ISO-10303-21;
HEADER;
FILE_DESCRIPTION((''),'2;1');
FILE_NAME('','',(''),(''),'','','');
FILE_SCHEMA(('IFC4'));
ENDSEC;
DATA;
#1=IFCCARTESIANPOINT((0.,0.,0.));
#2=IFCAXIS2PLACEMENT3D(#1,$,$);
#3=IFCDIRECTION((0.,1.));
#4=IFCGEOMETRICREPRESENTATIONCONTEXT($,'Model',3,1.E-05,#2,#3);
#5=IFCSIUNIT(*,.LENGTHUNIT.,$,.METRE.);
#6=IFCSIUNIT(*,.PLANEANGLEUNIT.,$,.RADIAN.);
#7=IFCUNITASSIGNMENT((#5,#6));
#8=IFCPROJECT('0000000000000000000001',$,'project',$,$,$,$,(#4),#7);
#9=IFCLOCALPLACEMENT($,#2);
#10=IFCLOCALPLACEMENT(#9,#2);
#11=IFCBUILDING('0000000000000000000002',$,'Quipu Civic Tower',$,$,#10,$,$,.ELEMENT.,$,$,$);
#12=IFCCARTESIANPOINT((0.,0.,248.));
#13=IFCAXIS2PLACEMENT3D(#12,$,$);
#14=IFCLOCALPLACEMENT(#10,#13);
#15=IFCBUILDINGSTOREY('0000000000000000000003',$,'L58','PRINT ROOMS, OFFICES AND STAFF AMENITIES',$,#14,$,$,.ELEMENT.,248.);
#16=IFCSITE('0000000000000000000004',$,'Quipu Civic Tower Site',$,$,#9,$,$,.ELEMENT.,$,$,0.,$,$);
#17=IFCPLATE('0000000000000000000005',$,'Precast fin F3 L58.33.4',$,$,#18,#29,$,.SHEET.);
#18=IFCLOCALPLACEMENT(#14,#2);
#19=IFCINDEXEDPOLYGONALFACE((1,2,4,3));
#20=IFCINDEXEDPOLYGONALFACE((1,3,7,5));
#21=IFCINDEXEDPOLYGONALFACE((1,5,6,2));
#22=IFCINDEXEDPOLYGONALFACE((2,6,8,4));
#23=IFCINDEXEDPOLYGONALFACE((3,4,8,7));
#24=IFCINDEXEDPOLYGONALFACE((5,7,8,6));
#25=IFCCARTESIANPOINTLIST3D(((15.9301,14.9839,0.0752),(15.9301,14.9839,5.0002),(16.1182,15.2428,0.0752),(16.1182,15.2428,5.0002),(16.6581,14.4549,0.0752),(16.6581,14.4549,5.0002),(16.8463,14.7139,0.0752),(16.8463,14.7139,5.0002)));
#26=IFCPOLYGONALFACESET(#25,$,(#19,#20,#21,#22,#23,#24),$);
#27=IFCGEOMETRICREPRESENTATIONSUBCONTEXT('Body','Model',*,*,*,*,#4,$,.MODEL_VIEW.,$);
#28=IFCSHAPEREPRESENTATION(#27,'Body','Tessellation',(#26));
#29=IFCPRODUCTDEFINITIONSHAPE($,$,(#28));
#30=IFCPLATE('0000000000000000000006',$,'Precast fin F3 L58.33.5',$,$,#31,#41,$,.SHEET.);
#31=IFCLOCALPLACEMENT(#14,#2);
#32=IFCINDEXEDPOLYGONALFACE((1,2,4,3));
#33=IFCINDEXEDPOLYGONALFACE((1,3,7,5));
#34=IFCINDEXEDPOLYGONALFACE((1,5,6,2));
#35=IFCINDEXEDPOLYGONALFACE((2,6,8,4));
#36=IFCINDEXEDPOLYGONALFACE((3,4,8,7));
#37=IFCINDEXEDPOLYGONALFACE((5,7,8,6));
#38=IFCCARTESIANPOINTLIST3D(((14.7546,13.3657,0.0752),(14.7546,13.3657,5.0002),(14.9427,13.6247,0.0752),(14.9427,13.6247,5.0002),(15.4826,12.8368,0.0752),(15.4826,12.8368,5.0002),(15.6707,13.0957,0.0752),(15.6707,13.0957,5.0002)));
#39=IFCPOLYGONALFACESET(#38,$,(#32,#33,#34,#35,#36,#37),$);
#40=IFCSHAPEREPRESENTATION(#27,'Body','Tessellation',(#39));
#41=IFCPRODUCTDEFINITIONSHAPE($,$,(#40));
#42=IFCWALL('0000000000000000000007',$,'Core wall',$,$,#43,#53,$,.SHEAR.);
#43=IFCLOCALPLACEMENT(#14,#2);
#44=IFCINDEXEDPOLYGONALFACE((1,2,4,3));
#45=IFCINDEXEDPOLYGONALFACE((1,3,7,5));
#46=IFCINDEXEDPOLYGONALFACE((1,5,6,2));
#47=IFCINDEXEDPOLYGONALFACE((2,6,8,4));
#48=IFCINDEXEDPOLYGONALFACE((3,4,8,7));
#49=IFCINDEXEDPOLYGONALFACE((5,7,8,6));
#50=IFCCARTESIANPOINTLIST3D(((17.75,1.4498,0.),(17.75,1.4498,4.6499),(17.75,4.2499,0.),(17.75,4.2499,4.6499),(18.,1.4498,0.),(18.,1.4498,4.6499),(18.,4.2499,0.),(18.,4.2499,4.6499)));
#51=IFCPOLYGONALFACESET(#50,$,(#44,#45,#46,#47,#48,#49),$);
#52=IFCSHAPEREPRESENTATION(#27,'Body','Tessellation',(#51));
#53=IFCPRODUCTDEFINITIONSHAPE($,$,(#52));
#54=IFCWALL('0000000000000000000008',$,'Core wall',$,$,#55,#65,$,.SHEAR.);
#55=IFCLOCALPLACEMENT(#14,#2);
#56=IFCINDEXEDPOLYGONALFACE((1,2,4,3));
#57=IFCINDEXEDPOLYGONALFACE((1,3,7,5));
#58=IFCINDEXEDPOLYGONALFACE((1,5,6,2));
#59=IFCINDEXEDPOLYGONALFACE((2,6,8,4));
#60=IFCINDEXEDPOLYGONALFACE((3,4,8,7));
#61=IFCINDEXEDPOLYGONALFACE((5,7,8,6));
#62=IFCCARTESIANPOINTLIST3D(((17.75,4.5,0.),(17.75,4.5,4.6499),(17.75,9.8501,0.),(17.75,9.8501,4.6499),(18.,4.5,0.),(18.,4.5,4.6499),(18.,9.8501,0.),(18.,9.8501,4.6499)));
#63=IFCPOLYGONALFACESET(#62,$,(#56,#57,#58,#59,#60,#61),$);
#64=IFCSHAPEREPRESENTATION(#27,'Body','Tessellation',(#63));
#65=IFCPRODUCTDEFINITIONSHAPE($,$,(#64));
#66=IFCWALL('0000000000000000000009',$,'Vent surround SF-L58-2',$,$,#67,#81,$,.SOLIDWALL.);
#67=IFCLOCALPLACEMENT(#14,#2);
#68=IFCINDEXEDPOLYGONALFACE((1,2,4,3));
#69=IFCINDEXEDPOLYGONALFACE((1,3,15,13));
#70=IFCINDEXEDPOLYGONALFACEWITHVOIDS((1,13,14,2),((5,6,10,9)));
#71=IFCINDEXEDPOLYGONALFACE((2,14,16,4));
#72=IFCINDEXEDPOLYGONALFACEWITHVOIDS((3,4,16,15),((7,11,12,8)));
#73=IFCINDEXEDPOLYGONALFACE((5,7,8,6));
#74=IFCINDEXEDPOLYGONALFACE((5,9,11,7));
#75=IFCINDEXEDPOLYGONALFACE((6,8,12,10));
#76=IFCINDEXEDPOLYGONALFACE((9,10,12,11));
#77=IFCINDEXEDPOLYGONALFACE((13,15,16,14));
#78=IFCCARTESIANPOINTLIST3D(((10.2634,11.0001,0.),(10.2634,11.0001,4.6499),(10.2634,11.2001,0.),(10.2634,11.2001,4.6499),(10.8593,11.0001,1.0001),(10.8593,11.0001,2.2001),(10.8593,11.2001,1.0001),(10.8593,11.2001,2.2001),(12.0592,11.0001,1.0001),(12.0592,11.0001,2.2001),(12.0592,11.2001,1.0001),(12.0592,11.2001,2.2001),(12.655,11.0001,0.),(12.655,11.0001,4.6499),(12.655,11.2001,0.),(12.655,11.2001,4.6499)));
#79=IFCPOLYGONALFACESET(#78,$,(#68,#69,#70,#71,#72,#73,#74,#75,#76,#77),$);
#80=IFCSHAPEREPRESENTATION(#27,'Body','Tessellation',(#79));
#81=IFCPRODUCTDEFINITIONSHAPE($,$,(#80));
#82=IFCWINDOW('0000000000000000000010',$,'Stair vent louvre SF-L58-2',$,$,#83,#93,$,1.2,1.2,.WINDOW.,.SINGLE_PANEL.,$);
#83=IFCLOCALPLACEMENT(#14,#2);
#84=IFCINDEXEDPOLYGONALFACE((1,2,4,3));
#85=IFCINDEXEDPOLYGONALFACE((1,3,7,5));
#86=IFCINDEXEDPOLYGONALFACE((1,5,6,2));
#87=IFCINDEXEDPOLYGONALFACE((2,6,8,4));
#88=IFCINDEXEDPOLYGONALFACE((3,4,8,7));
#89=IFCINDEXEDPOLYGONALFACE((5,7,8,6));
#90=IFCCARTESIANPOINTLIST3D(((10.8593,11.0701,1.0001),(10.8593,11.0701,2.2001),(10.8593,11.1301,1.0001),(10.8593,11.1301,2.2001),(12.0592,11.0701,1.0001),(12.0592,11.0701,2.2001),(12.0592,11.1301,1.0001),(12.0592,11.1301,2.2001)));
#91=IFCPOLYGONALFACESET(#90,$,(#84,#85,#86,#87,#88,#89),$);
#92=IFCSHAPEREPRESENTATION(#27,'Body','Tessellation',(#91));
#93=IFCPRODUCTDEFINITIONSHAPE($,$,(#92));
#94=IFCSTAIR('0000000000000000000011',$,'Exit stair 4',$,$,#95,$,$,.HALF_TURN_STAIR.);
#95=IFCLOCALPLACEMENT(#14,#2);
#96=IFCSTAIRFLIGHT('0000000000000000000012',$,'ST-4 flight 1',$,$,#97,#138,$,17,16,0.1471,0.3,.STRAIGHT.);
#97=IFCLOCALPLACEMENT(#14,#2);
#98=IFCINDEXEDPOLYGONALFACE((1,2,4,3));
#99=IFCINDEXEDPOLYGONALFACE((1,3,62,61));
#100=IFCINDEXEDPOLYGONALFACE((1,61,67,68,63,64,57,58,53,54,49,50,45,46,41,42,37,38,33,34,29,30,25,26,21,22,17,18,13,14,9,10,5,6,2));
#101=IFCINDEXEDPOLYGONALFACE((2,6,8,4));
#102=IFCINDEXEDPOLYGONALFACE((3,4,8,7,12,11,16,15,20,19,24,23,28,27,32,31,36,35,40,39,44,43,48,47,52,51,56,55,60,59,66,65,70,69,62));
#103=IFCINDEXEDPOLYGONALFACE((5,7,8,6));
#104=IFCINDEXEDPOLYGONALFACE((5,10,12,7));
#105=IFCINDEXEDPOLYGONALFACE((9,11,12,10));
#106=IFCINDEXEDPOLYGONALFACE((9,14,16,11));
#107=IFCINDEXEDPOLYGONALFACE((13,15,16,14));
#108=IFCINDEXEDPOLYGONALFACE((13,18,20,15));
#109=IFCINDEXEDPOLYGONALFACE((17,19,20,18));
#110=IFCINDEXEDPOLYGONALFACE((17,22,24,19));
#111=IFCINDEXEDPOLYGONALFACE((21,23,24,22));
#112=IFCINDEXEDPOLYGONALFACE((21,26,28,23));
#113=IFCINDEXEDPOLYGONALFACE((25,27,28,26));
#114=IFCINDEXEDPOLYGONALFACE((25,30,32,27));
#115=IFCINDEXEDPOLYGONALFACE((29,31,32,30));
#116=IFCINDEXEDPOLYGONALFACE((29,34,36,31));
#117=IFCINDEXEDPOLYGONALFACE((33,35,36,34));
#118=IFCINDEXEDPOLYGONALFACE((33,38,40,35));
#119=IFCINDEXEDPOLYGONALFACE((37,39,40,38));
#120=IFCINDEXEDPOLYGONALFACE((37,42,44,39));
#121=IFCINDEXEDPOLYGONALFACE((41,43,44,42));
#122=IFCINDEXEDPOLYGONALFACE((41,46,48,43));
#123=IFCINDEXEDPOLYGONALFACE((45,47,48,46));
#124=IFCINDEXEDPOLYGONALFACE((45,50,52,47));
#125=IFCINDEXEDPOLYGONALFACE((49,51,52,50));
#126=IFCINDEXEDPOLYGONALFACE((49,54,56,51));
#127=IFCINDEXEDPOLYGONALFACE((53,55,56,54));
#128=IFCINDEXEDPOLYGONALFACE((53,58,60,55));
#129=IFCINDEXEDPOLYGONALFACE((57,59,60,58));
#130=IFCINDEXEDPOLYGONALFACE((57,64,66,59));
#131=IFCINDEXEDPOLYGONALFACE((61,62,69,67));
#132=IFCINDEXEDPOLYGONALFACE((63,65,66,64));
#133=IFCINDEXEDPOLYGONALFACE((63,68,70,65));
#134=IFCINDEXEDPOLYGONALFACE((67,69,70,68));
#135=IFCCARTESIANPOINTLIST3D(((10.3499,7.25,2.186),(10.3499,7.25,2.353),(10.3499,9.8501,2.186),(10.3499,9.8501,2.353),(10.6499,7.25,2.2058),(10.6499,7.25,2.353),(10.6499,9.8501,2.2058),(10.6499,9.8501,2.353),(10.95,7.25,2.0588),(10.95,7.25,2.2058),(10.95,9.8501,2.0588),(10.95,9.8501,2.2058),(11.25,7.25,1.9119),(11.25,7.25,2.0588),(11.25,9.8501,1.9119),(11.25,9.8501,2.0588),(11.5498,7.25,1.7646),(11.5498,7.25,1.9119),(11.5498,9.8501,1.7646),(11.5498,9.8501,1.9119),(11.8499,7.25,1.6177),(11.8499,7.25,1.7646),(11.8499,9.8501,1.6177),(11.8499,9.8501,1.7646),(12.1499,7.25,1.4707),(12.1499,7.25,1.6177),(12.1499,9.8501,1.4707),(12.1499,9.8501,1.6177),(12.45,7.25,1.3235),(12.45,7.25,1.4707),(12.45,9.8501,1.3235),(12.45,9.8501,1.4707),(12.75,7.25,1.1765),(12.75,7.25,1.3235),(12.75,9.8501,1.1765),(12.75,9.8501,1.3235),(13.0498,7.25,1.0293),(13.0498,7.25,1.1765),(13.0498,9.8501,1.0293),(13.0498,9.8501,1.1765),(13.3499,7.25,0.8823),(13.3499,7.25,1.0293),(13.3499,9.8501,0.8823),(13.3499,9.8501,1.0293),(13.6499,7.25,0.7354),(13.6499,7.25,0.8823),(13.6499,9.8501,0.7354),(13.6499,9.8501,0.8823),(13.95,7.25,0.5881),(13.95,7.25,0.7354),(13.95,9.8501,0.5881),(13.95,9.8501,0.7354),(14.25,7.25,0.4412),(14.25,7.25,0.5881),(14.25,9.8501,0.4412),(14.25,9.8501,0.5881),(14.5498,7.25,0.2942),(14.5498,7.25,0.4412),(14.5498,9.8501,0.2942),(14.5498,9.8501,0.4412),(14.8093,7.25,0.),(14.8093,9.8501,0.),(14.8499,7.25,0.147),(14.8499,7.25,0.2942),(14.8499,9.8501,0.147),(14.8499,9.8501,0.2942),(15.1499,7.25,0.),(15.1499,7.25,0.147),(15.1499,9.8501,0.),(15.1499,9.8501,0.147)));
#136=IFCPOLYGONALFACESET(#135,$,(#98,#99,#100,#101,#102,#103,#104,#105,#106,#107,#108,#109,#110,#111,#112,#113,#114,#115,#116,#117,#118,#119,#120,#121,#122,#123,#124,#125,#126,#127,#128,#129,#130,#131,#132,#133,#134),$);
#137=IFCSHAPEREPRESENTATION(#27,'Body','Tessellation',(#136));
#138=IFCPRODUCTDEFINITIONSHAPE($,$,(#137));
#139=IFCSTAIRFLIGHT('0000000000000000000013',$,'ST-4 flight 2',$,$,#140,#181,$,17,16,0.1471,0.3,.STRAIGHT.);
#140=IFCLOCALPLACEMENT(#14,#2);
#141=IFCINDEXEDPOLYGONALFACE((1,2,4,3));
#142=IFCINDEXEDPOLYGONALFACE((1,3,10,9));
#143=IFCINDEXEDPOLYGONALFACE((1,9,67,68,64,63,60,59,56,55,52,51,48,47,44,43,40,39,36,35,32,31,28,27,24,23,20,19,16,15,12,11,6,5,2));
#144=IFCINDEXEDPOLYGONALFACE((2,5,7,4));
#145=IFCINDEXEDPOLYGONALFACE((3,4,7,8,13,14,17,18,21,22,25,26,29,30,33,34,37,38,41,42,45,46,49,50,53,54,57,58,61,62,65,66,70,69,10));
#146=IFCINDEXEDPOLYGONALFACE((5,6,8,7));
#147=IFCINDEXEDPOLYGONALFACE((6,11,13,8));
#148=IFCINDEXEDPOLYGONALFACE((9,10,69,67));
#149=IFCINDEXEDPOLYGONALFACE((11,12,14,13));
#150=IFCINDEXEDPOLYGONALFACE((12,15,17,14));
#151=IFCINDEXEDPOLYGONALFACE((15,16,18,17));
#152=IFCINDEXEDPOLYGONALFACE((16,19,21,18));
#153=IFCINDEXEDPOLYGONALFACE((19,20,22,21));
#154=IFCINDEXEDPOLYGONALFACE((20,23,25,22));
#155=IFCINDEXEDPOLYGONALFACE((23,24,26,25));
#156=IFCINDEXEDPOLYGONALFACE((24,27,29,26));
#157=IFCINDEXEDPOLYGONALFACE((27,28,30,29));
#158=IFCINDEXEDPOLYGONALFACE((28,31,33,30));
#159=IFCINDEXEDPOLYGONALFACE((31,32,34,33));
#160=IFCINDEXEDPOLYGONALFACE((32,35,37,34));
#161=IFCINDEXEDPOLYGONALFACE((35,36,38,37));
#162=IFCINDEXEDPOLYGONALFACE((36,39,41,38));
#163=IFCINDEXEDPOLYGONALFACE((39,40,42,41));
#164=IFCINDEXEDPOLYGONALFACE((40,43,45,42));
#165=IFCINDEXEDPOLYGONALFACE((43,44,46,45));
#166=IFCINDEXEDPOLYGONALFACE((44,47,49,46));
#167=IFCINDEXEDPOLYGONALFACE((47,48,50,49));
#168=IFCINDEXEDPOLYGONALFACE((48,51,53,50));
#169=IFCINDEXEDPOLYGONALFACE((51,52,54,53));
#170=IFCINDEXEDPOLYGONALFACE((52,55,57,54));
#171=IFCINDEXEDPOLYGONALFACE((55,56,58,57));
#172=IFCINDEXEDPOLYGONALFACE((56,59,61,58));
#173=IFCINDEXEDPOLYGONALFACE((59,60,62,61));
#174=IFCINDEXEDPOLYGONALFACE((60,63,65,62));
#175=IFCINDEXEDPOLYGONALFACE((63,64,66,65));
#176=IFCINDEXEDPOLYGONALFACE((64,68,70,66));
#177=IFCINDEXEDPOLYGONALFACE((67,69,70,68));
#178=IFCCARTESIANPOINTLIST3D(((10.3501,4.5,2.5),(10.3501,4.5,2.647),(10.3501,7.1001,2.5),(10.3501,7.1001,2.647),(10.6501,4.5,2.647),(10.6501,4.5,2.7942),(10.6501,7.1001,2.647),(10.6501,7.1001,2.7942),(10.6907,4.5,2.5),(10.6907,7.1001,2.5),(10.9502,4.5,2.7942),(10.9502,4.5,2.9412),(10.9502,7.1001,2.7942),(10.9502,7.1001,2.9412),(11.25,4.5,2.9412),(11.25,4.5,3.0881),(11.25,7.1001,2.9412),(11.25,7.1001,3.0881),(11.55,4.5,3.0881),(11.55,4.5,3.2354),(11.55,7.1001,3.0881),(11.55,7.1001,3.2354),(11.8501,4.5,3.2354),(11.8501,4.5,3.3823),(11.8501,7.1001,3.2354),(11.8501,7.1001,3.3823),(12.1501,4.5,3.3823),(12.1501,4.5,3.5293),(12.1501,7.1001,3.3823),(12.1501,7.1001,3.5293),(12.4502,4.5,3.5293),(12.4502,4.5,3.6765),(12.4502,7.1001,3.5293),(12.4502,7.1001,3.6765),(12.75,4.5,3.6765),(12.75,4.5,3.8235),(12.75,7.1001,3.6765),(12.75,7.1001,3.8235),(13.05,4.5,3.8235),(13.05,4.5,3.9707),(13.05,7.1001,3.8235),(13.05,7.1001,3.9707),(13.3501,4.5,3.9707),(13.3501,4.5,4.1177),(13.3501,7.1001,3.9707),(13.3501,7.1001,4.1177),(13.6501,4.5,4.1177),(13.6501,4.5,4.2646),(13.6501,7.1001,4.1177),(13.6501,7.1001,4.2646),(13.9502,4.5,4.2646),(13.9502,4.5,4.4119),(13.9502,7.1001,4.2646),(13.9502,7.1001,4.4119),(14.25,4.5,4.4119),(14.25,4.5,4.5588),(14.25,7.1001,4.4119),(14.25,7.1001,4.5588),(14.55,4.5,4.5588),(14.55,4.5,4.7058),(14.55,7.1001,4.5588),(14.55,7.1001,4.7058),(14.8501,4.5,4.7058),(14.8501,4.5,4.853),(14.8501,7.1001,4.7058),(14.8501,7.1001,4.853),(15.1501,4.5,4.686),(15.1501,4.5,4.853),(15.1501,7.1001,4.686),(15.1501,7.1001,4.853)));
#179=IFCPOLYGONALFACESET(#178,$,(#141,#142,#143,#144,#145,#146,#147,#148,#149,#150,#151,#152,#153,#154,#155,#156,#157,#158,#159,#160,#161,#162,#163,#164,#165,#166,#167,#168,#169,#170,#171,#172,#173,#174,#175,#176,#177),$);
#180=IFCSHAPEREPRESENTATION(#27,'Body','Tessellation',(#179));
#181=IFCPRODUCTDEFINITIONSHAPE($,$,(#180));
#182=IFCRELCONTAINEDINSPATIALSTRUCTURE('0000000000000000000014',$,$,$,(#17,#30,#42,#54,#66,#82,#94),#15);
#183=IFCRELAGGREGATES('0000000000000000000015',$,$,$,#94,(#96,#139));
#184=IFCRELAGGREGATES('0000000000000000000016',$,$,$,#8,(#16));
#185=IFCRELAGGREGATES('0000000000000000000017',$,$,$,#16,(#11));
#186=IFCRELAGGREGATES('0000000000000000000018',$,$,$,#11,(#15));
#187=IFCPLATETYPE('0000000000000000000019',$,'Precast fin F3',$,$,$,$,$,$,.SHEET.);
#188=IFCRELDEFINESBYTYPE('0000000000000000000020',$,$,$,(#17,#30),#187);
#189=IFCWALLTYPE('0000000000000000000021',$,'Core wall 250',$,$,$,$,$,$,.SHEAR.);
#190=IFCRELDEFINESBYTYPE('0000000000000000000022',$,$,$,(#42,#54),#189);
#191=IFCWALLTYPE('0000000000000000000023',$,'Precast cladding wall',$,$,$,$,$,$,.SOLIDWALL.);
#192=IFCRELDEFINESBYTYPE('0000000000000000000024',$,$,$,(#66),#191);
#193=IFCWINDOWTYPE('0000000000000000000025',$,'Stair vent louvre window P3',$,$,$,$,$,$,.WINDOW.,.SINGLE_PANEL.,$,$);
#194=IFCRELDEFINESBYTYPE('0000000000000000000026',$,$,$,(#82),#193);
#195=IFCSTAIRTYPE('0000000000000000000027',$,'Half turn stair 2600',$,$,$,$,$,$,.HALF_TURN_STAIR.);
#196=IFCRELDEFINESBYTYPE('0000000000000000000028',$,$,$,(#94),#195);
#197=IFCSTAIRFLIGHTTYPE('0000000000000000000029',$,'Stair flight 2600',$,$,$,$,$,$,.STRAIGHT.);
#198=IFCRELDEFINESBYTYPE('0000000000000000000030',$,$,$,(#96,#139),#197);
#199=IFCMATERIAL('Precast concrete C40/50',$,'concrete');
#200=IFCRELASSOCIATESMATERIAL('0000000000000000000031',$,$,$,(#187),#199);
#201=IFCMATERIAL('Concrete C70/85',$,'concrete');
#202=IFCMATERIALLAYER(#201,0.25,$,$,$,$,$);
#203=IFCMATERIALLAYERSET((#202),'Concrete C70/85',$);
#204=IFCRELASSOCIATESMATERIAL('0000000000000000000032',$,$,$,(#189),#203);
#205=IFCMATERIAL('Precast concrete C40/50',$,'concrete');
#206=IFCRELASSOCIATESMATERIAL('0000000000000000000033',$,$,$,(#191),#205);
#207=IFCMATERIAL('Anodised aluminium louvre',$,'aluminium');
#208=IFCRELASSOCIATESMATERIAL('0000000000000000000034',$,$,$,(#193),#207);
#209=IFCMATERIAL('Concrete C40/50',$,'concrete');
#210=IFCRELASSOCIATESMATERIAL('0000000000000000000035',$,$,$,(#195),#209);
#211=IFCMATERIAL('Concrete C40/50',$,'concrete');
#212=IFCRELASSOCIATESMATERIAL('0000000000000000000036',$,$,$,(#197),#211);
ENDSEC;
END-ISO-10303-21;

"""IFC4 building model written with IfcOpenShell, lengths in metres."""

from ifc_helpers import new_model, si_unit, direction, frame, frame_2d, origin, origin_2d, place, context, subcontext, project, spatial, polyline, rectangle, outline, extrude, material, layer, layer_set, type_object, element, fill, aggregate, save


model = new_model("IFC4")

# Units and contexts
model_context = context("Model", 3, precision=1e-05, world=origin(), true_north=direction((0.0, 1.0)))
body_context = subcontext(model_context, "Body", "Model", "MODEL_VIEW")
ifc_project = project(units=[si_unit("LENGTHUNIT", "METRE"), si_unit("PLANEANGLEUNIT", "RADIAN")], contexts=[model_context])

# Site, building, storey
site_placement = place(None, origin())
site = spatial("IfcSite", under=ifc_project, at=site_placement, Name="Quipu Civic Tower Site", CompositionType="ELEMENT", RefElevation=0.0)
building_placement = place(site_placement, origin())
building = spatial("IfcBuilding", under=site, at=building_placement, Name="Quipu Civic Tower", CompositionType="ELEMENT")
storey_placement = place(building_placement, frame((0.0, 0.0, 248.0)))
storey = spatial("IfcBuildingStorey", under=building, at=storey_placement, Name="L58", Description="PRINT ROOMS, OFFICES AND STAFF AMENITIES", CompositionType="ELEMENT", Elevation=248.0)

# Plates
ifc_material_1 = material(Name="Precast concrete C40/50", Category="concrete")
plate_type_1 = type_object("IfcPlateType", Name="Precast fin F3", PredefinedType="SHEET", material=ifc_material_1)
for number, where, z_axis, x_axis, name in (
    (1, (16.3882, 14.8489, 0.0752), (0.0, 0.0, 1.0), (-0.587784, -0.809018, 0.0), "Precast fin F3 L58.33.4"),
    (2, (15.2126, 13.2307, 0.0752), (0.0, 0.0, 1.0), (-0.587784, -0.809018, 0.0), "Precast fin F3 L58.33.5"),
):
    element("IfcPlate", number, at=place(storey_placement, frame(where, z_axis=z_axis, x_axis=x_axis)), inside=storey, type_object=plate_type_1, Name=name, PredefinedType="SHEET", context=body_context, shape_type="SweptSolid", body=[
        extrude(rectangle(XDim=0.3201, YDim=0.8999, at=origin_2d()), origin(), (0.0, 0.0, 1.0), 4.925),
    ])

# Walls
ifc_material_2 = material(Name="Concrete C70/85", Category="concrete")
ifc_layer_1 = layer(ifc_material_2, 0.25)
ifc_layer_set_1 = layer_set([ifc_layer_1], Name="Concrete C70/85")
wall_type_1 = type_object("IfcWallType", Name="Core wall 250", PredefinedType="SHEAR", material=ifc_layer_set_1)
wall_1_placement = place(storey_placement, frame((17.875, 1.45, 0.0), z_axis=(0.0, 0.0, 1.0), x_axis=(0.0, 1.0, 0.0)))
element("IfcWall", 3, at=wall_1_placement, inside=storey, type_object=wall_type_1, Name="Core wall", PredefinedType="SHEAR", context=body_context, shape_type="SweptSolid", body=[
    extrude(rectangle(XDim=2.8, YDim=0.25, at=frame_2d((1.3999, 0.0))), origin(), (0.0, 0.0, 1.0), 4.6499),
])
wall_2_placement = place(storey_placement, frame((17.875, 4.5, 0.0), z_axis=(0.0, 0.0, 1.0), x_axis=(0.0, 1.0, 0.0)))
element("IfcWall", 4, at=wall_2_placement, inside=storey, type_object=wall_type_1, Name="Core wall", PredefinedType="SHEAR", context=body_context, shape_type="SweptSolid", body=[
    extrude(rectangle(XDim=5.3501, YDim=0.25, at=frame_2d((2.675, 0.0))), origin(), (0.0, 0.0, 1.0), 4.6499),
])

# Wall, opening, window
ifc_material_3 = material(Name="Precast concrete C40/50", Category="concrete")
wall_type_2 = type_object("IfcWallType", Name="Precast cladding wall", PredefinedType="SOLIDWALL", material=ifc_material_3)
wall_3_placement = place(storey_placement, frame((12.655, 11.1001, 0.0), z_axis=(0.0, 0.0, 1.0), x_axis=(-1.0, 0.0, 0.0)))
wall_3 = element("IfcWall", 5, at=wall_3_placement, inside=storey, type_object=wall_type_2, Name="Vent surround SF-L58-2", PredefinedType="SOLIDWALL", context=body_context, shape_type="SweptSolid", body=[
    extrude(rectangle(XDim=2.3916, YDim=0.2, at=frame_2d((1.1958, 0.0))), origin(), (0.0, 0.0, 1.0), 4.6499),
])
opening_placement = place(wall_3_placement, frame((0.5957, 0.0, 1.0)))
opening = element("IfcOpeningElement", 6, at=opening_placement, cuts=wall_3, PredefinedType="OPENING", context=body_context, shape_type="SweptSolid", body=[
    extrude(rectangle(XDim=1.2, YDim=1.2, at=frame_2d((0.6001, 0.6001))), frame((0.0, 0.1099, 0.0), z_axis=(0.0, -1.0, 0.0), x_axis=(1.0, 0.0, 0.0)), (0.0, 0.0, 1.0), 0.22),
])
ifc_material_4 = material(Name="Anodised aluminium louvre", Category="aluminium")
window_type = type_object("IfcWindowType", Name="Stair vent louvre window P3", PartitioningType="SINGLE_PANEL", PredefinedType="WINDOW", material=ifc_material_4)
window_placement = place(opening_placement, origin())
window = element("IfcWindow", 7, at=window_placement, inside=storey, type_object=window_type, Name="Stair vent louvre SF-L58-2", OverallHeight=1.2, OverallWidth=1.2, PartitioningType="SINGLE_PANEL", PredefinedType="WINDOW", context=body_context, shape_type="SweptSolid", body=[
    extrude(rectangle(XDim=1.2, YDim=1.2, at=frame_2d((0.6001, 0.6001))), frame((0.0, 0.03, 0.0), z_axis=(0.0, -1.0, 0.0), x_axis=(1.0, 0.0, 0.0)), (0.0, 0.0, 1.0), 0.0601),
])
fill(opening, window)

# Stair, stair flights
ifc_material_5 = material(Name="Concrete C40/50", Category="concrete")
stair_type = type_object("IfcStairType", Name="Half turn stair 2600", PredefinedType="HALF_TURN_STAIR", material=ifc_material_5)
stair_placement = place(storey_placement, origin())
stair = element("IfcStair", 8, at=stair_placement, inside=storey, type_object=stair_type, Name="Exit stair 4", PredefinedType="HALF_TURN_STAIR")
ifc_material_6 = material(Name="Concrete C40/50", Category="concrete")
stair_flight_type = type_object("IfcStairFlightType", Name="Stair flight 2600", PredefinedType="STRAIGHT", material=ifc_material_6)
stair_flight_1_placement = place(storey_placement, frame((15.1499, 8.55, 0.0), z_axis=(0.0, 0.0, 1.0), x_axis=(-1.0, 0.0, 0.0)))
stair_flight_1 = element("IfcStairFlight", 9, at=stair_flight_1_placement, type_object=stair_flight_type, Name="ST-4 flight 1", NumberOfRisers=17, NumberOfTreads=16, PredefinedType="STRAIGHT", RiserHeight=0.1471, TreadLength=0.3, context=body_context, shape_type="SweptSolid", body=[
    extrude(outline(polyline([(0.0, 0.0), (0.0, 0.147), (0.3, 0.147), (0.3, 0.2942), (0.6001, 0.2942), (0.6001, 0.4412), (0.8999, 0.4412), (0.8999, 0.5881), (1.2, 0.5881), (1.2, 0.7354), (1.5, 0.7354), (1.5, 0.8823), (1.8, 0.8823), (1.8, 1.0293), (2.1001, 1.0293), (2.1001, 1.1765), (2.3999, 1.1765), (2.3999, 1.3235), (2.7, 1.3235), (2.7, 1.4707), (3.0, 1.4707), (3.0, 1.6177), (3.3, 1.6177), (3.3, 1.7646), (3.6001, 1.7646), (3.6001, 1.9119), (3.8999, 1.9119), (3.8999, 2.0588), (4.2, 2.0588), (4.2, 2.2058), (4.5, 2.2058), (4.5, 2.353), (4.8, 2.353), (4.8, 2.5), (4.8, 2.186), (0.3406, 0.0), (0.0, 0.0)])), frame((0.0, 1.3, 0.0), z_axis=(0.0, -1.0, 0.0), x_axis=(1.0, 0.0, 0.0)), (0.0, 0.0, 1.0), 2.6001),
])
stair_flight_2_placement = place(storey_placement, frame((10.3501, 5.8, 2.5), z_axis=(0.0, 0.0, 1.0), x_axis=(1.0, 0.0, 0.0)))
stair_flight_2 = element("IfcStairFlight", 10, at=stair_flight_2_placement, type_object=stair_flight_type, Name="ST-4 flight 2", NumberOfRisers=17, NumberOfTreads=16, PredefinedType="STRAIGHT", RiserHeight=0.1471, TreadLength=0.3, context=body_context, shape_type="SweptSolid", body=[
    extrude(outline(polyline([(0.0, 0.0), (0.0, 0.147), (0.3, 0.147), (0.3, 0.2942), (0.6001, 0.2942), (0.6001, 0.4412), (0.8999, 0.4412), (0.8999, 0.5881), (1.2, 0.5881), (1.2, 0.7354), (1.5, 0.7354), (1.5, 0.8823), (1.8, 0.8823), (1.8, 1.0293), (2.1001, 1.0293), (2.1001, 1.1765), (2.3999, 1.1765), (2.3999, 1.3235), (2.7, 1.3235), (2.7, 1.4707), (3.0, 1.4707), (3.0, 1.6177), (3.3, 1.6177), (3.3, 1.7646), (3.6001, 1.7646), (3.6001, 1.9119), (3.8999, 1.9119), (3.8999, 2.0588), (4.2, 2.0588), (4.2, 2.2058), (4.5, 2.2058), (4.5, 2.353), (4.8, 2.353), (4.8, 2.5), (4.8, 2.186), (0.3406, 0.0), (0.0, 0.0)])), frame((0.0, 1.3, 0.0), z_axis=(0.0, -1.0, 0.0), x_axis=(1.0, 0.0, 0.0)), (0.0, 0.0, 1.0), 2.6001),
])
aggregate(stair, [stair_flight_1, stair_flight_2])

save(model, "model.ifc")
